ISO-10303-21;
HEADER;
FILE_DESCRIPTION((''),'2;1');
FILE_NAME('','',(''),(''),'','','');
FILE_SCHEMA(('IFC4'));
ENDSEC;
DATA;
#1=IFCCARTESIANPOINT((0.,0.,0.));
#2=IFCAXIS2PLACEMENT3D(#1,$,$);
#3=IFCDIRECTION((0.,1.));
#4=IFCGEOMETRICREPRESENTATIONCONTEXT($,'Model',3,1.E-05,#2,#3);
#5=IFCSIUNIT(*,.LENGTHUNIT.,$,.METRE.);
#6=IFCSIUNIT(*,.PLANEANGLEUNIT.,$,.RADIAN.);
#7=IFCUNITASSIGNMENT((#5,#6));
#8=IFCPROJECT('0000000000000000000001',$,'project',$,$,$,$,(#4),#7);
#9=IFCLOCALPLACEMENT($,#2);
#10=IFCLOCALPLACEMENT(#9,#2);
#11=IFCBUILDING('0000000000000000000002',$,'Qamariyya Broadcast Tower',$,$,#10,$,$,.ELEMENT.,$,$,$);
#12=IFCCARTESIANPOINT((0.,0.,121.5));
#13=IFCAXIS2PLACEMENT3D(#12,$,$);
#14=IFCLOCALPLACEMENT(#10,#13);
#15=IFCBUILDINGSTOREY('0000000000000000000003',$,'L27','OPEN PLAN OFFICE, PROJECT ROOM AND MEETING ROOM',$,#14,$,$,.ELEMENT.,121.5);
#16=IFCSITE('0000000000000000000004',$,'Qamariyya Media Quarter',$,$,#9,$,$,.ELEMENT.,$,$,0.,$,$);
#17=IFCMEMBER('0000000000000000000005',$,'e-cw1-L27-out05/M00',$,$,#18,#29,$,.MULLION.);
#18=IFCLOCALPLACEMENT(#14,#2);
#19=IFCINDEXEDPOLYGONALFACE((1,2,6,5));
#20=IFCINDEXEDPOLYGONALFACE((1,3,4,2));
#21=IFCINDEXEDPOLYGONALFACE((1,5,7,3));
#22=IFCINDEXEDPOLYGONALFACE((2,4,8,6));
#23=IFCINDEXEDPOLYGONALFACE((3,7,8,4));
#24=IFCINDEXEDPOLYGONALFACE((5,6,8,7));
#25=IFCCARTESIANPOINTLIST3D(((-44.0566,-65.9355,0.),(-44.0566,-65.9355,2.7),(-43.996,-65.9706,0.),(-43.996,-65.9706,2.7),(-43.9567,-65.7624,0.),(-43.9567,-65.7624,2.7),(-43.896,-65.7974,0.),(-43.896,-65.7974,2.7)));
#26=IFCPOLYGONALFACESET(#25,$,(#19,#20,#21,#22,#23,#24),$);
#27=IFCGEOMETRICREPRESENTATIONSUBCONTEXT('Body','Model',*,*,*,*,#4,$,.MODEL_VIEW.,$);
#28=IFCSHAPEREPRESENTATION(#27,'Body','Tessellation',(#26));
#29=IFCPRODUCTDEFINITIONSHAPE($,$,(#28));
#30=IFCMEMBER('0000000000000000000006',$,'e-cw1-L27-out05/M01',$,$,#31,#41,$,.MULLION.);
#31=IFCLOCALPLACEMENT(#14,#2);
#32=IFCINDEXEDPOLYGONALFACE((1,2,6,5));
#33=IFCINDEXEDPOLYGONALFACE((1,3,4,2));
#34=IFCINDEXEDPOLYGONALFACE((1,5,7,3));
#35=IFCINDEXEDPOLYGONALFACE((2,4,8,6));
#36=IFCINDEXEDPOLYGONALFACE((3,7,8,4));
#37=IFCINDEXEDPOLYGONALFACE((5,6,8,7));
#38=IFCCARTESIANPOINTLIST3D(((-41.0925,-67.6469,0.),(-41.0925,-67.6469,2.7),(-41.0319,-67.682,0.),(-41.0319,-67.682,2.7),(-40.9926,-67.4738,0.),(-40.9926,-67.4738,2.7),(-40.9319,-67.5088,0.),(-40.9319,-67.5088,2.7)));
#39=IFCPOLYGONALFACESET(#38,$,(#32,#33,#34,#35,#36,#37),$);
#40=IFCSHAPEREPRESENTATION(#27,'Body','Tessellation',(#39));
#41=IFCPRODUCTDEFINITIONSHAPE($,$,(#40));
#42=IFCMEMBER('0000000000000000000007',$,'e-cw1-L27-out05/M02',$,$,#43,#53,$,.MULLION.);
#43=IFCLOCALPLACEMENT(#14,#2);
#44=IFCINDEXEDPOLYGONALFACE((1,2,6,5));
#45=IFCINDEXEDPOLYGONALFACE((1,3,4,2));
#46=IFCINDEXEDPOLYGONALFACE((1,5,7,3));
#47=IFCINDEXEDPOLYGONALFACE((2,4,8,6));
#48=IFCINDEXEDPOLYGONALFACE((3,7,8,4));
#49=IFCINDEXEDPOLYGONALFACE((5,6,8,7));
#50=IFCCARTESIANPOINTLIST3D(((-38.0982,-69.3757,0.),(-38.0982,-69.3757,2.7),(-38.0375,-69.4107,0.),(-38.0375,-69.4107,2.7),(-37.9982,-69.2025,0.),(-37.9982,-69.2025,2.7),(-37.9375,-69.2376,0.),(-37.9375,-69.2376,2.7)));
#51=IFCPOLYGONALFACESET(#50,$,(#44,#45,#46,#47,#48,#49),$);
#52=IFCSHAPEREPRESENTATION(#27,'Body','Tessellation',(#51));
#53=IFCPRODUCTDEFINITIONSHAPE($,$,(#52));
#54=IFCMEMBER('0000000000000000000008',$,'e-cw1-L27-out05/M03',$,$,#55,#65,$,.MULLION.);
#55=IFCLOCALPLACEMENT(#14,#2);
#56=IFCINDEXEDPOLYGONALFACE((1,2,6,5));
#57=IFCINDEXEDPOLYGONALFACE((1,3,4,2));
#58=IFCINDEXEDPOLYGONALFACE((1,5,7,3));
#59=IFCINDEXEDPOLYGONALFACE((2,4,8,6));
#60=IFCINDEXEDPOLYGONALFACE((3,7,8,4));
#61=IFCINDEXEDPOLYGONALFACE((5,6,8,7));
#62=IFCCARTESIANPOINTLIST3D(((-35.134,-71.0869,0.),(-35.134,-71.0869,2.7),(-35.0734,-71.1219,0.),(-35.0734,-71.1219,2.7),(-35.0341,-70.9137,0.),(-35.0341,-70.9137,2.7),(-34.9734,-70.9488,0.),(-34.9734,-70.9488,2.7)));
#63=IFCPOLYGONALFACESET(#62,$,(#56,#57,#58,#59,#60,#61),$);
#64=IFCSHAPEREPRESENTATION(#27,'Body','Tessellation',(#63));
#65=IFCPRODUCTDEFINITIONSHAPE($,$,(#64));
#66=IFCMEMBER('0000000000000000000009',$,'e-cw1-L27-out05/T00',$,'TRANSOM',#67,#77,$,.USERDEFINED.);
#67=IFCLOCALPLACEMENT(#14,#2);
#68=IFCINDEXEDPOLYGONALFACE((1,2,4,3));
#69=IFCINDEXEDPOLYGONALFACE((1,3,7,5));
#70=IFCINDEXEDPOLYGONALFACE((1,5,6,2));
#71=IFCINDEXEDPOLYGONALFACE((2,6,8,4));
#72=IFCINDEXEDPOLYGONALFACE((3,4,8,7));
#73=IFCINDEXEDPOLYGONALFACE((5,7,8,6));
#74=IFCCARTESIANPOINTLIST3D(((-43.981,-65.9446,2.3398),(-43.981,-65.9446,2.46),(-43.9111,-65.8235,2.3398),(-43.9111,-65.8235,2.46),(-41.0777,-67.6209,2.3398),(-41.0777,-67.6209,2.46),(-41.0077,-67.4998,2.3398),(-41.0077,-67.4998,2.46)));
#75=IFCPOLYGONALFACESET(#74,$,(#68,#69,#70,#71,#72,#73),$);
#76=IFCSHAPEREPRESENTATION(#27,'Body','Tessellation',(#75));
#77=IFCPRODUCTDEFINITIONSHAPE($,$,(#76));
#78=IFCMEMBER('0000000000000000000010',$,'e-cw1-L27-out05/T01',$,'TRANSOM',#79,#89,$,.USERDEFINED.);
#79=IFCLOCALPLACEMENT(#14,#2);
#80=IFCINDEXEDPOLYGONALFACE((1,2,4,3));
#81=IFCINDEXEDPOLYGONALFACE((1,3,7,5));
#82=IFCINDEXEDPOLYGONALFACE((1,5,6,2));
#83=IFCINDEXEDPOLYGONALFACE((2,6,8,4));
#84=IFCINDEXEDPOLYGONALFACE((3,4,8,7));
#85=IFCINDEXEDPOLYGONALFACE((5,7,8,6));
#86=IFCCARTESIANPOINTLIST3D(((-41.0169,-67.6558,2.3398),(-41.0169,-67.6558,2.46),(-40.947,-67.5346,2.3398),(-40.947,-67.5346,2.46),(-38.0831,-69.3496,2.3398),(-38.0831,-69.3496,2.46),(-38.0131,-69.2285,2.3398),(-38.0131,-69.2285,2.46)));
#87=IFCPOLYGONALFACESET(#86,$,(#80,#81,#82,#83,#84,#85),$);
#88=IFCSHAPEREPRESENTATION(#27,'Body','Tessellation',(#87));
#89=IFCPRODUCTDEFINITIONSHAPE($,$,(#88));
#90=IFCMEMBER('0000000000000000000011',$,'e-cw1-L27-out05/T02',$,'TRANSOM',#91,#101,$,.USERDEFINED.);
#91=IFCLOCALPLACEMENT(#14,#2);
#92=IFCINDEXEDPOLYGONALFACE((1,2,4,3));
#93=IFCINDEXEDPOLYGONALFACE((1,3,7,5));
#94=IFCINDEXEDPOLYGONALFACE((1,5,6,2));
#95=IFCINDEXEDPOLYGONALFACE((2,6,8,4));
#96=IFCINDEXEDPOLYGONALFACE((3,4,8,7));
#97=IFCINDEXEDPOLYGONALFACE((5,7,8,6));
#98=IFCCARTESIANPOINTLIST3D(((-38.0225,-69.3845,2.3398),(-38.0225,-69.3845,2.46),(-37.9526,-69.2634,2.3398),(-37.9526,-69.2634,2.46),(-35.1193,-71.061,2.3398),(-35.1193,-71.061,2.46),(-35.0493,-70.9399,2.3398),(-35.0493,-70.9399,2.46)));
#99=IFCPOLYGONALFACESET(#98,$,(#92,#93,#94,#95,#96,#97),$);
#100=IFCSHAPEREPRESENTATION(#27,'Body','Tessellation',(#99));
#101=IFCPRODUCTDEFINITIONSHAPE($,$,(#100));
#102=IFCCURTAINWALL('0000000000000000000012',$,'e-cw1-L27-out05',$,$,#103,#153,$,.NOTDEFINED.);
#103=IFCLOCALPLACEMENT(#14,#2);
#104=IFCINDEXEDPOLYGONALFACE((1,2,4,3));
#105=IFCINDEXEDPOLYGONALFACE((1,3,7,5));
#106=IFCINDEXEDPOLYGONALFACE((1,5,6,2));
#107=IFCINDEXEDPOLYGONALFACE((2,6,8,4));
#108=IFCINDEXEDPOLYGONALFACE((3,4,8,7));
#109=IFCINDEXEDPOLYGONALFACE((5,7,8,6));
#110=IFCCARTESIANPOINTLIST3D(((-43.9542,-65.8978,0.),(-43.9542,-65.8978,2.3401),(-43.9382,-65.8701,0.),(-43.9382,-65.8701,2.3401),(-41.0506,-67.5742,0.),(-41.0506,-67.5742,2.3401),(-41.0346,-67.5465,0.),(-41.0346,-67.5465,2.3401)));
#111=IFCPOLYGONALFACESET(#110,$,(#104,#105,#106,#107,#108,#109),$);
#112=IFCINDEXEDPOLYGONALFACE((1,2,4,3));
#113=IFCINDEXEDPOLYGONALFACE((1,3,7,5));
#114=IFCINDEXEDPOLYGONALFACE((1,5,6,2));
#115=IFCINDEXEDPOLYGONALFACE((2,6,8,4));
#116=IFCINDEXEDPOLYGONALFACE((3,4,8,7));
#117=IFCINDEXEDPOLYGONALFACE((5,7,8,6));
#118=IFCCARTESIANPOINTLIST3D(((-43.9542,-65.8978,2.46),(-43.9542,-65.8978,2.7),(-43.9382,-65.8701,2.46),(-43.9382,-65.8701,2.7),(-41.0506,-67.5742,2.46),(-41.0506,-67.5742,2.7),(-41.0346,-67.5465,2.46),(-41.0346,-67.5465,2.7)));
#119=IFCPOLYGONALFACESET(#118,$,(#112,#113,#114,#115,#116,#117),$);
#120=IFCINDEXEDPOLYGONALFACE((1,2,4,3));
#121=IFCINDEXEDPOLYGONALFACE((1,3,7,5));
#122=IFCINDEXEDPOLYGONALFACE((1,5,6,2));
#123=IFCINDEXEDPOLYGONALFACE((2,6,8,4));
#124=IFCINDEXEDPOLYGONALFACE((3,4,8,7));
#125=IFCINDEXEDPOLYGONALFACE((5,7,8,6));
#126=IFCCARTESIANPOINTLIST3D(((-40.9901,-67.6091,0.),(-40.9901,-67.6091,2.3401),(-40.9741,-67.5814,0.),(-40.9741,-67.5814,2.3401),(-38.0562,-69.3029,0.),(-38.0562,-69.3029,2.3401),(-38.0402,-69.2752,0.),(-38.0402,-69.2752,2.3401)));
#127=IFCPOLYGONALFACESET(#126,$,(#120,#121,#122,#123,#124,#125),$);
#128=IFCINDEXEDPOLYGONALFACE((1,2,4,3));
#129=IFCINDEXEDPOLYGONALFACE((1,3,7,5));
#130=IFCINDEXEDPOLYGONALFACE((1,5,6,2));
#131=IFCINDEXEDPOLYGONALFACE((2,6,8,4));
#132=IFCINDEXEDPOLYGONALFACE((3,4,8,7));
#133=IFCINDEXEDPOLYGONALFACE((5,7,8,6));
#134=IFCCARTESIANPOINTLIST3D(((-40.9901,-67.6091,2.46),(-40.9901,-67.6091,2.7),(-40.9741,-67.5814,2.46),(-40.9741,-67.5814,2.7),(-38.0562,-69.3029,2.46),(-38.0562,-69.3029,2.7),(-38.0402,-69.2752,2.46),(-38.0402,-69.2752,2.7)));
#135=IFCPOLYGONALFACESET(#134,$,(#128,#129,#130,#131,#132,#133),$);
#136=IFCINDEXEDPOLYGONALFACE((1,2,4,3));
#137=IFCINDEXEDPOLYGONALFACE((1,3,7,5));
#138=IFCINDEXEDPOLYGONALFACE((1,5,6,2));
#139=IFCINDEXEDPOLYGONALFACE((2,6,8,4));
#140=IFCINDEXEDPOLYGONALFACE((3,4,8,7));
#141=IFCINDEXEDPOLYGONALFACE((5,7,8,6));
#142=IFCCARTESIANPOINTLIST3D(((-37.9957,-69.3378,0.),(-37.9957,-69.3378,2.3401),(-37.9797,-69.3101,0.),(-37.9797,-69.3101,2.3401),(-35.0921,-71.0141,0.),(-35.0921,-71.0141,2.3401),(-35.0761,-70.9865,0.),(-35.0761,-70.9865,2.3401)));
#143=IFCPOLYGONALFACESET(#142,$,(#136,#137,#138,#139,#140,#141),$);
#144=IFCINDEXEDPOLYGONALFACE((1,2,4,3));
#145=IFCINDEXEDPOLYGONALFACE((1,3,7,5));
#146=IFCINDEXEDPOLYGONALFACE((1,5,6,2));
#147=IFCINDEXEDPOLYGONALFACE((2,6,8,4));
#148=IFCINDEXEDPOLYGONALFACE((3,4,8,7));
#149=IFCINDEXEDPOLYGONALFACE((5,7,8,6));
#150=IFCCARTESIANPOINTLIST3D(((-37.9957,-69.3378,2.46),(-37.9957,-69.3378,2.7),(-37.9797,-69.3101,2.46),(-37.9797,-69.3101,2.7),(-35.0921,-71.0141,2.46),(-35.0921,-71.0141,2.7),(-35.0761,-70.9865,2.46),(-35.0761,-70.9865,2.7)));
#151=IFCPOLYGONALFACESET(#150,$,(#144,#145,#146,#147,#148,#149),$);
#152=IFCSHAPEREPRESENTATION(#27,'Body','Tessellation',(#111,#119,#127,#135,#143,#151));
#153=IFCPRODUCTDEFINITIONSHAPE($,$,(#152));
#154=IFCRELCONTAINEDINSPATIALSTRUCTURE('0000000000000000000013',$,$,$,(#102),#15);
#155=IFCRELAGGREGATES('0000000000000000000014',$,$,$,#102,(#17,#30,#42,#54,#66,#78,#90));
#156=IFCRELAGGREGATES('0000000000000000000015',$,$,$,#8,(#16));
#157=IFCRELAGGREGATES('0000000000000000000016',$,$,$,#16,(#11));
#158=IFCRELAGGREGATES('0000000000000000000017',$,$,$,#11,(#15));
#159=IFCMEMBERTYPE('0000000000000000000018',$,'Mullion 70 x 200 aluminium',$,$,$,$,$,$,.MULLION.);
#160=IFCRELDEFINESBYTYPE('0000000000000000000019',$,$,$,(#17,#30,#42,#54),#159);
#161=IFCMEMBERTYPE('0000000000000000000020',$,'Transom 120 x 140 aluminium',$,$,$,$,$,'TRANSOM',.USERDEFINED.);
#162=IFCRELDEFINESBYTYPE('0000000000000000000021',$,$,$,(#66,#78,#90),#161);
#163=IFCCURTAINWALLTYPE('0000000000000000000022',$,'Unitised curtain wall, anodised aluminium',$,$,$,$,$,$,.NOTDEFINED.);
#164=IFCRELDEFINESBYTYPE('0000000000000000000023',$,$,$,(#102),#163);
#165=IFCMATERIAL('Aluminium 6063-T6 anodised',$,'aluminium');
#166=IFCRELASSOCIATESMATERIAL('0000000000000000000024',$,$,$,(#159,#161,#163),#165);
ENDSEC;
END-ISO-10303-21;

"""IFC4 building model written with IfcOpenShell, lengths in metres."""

from ifc_helpers import new_model, si_unit, direction, frame, origin, origin_2d, place, context, subcontext, project, spatial, rectangle, extrude, material, material_profile, profile_set, type_object, element, aggregate, save


model = new_model("IFC4")

# Units and contexts
model_context = context("Model", 3, precision=1e-05, world=origin(), true_north=direction((0.0, 1.0)))
body_context = subcontext(model_context, "Body", "Model", "MODEL_VIEW")
ifc_project = project(units=[si_unit("LENGTHUNIT", "METRE"), si_unit("PLANEANGLEUNIT", "RADIAN")], contexts=[model_context])

# Members
ifc_material = material(Name="Aluminium 6063-T6 anodised", Category="aluminium")
ifc_material_profile_1 = material_profile(ifc_material, rectangle(XDim=0.2, YDim=0.0701, at=origin_2d()))
ifc_profile_set_1 = profile_set([ifc_material_profile_1], Name="Aluminium 6063-T6 anodised")
member_type_1 = type_object("IfcMemberType", Name="Mullion 70 x 200 aluminium", PredefinedType="MULLION", material=ifc_profile_set_1)
site_placement = place(None, origin())
building_placement = place(site_placement, origin())
storey_placement = place(building_placement, frame((0.0, 0.0, 121.5)))
member_1_placement = place(storey_placement, frame((-43.9763, -65.8665, 0.0), z_axis=(0.0, 0.0, 1.0), x_axis=(0.5, 0.866025, 0.0)))
member_1 = element("IfcMember", 1, at=member_1_placement, type_object=member_type_1, Name="e-cw1-L27-out05/M00", PredefinedType="MULLION", context=body_context, shape_type="SweptSolid", body=[
    extrude(rectangle(XDim=0.2, YDim=0.0701, at=origin_2d()), origin(), (0.0, 0.0, 1.0), 2.7),
])
member_2_placement = place(storey_placement, frame((-41.0122, -67.5779, 0.0), z_axis=(0.0, 0.0, 1.0), x_axis=(0.5, 0.866025, 0.0)))
member_2 = element("IfcMember", 2, at=member_2_placement, type_object=member_type_1, Name="e-cw1-L27-out05/M01", PredefinedType="MULLION", context=body_context, shape_type="SweptSolid", body=[
    extrude(rectangle(XDim=0.2, YDim=0.0701, at=origin_2d()), origin(), (0.0, 0.0, 1.0), 2.7),
])
member_3_placement = place(storey_placement, frame((-38.0178, -69.3066, 0.0), z_axis=(0.0, 0.0, 1.0), x_axis=(0.5, 0.866025, 0.0)))
member_3 = element("IfcMember", 3, at=member_3_placement, type_object=member_type_1, Name="e-cw1-L27-out05/M02", PredefinedType="MULLION", context=body_context, shape_type="SweptSolid", body=[
    extrude(rectangle(XDim=0.2, YDim=0.0701, at=origin_2d()), origin(), (0.0, 0.0, 1.0), 2.7),
])
member_4_placement = place(storey_placement, frame((-35.0537, -71.0178, 0.0), z_axis=(0.0, 0.0, 1.0), x_axis=(0.5, 0.866025, 0.0)))
member_4 = element("IfcMember", 4, at=member_4_placement, type_object=member_type_1, Name="e-cw1-L27-out05/M03", PredefinedType="MULLION", context=body_context, shape_type="SweptSolid", body=[
    extrude(rectangle(XDim=0.2, YDim=0.0701, at=origin_2d()), origin(), (0.0, 0.0, 1.0), 2.7),
])
ifc_material_profile_2 = material_profile(ifc_material, rectangle(XDim=0.1399, YDim=0.1201, at=origin_2d()))
ifc_profile_set_2 = profile_set([ifc_material_profile_2], Name="Aluminium 6063-T6 anodised")
member_type_2 = type_object("IfcMemberType", Name="Transom 120 x 140 aluminium", ElementType="TRANSOM", PredefinedType="USERDEFINED", material=ifc_profile_set_2)
member_5_placement = place(storey_placement, frame((-43.946, -65.884, 2.3999), z_axis=(0.866021, -0.500008, 0.0), x_axis=(0.500008, 0.866021, 0.0)))
member_5 = element("IfcMember", 5, at=member_5_placement, type_object=member_type_2, Name="e-cw1-L27-out05/T00", ObjectType="TRANSOM", PredefinedType="USERDEFINED", context=body_context, shape_type="SweptSolid", body=[
    extrude(rectangle(XDim=0.1399, YDim=0.1201, at=origin_2d()), origin(), (0.0, 0.0, 1.0), 3.3525),
])
member_6_placement = place(storey_placement, frame((-40.9819, -67.5952, 2.3999), z_axis=(0.866026, -0.499999, 0.0), x_axis=(0.499999, 0.866026, 0.0)))
member_6 = element("IfcMember", 6, at=member_6_placement, type_object=member_type_2, Name="e-cw1-L27-out05/T01", ObjectType="TRANSOM", PredefinedType="USERDEFINED", context=body_context, shape_type="SweptSolid", body=[
    extrude(rectangle(XDim=0.1399, YDim=0.1201, at=origin_2d()), origin(), (0.0, 0.0, 1.0), 3.3877),
])
member_7_placement = place(storey_placement, frame((-37.9875, -69.324, 2.3999), z_axis=(0.865989, -0.500063, 0.0), x_axis=(0.500063, 0.865989, 0.0)))
member_7 = element("IfcMember", 7, at=member_7_placement, type_object=member_type_2, Name="e-cw1-L27-out05/T02", ObjectType="TRANSOM", PredefinedType="USERDEFINED", context=body_context, shape_type="SweptSolid", body=[
    extrude(rectangle(XDim=0.1399, YDim=0.1201, at=origin_2d()), origin(), (0.0, 0.0, 1.0), 3.3525),
])

# Site, building, storey
site = spatial("IfcSite", under=ifc_project, at=site_placement, Name="Qamariyya Media Quarter", CompositionType="ELEMENT", RefElevation=0.0)
building = spatial("IfcBuilding", under=site, at=building_placement, Name="Qamariyya Broadcast Tower", CompositionType="ELEMENT")
storey = spatial("IfcBuildingStorey", under=building, at=storey_placement, Name="L27", Description="OPEN PLAN OFFICE, PROJECT ROOM AND MEETING ROOM", CompositionType="ELEMENT", Elevation=121.5)

# Curtain wall
curtain_wall_type = type_object("IfcCurtainWallType", Name="Unitised curtain wall, anodised aluminium", PredefinedType="NOTDEFINED", material=ifc_material)
curtain_wall_1_placement = place(storey_placement, origin())
curtain_wall_1 = element("IfcCurtainWall", 8, at=curtain_wall_1_placement, inside=storey, type_object=curtain_wall_type, Name="e-cw1-L27-out05", PredefinedType="NOTDEFINED", context=body_context, shape_type="SweptSolid", body=[
    extrude(rectangle(XDim=3.3528, YDim=0.032, at=origin_2d()), frame((-42.4944, -66.7222, 0.0), x_axis=(0.866027, -0.499997, 0.0)), (0.0, 0.0, 1.0), 2.3401),
    extrude(rectangle(XDim=3.3528, YDim=0.032, at=origin_2d()), frame((-42.4944, -66.7222, 2.46), x_axis=(0.866027, -0.499997, 0.0)), (0.0, 0.0, 1.0), 0.24),
    extrude(rectangle(XDim=3.3877, YDim=0.032, at=origin_2d()), frame((-39.5151, -68.4421, 0.0), x_axis=(0.866027, -0.499997, 0.0)), (0.0, 0.0, 1.0), 2.3401),
    extrude(rectangle(XDim=3.3877, YDim=0.032, at=origin_2d()), frame((-39.5151, -68.4421, 2.46), x_axis=(0.866027, -0.499997, 0.0)), (0.0, 0.0, 1.0), 0.24),
    extrude(rectangle(XDim=3.3528, YDim=0.032, at=origin_2d()), frame((-36.5359, -70.1621, 0.0), x_axis=(0.866027, -0.499997, 0.0)), (0.0, 0.0, 1.0), 2.3401),
    extrude(rectangle(XDim=3.3528, YDim=0.032, at=origin_2d()), frame((-36.5359, -70.1621, 2.46), x_axis=(0.866027, -0.499997, 0.0)), (0.0, 0.0, 1.0), 0.24),
])
aggregate(curtain_wall_1, [member_1, member_2, member_3, member_4, member_5, member_6, member_7])

save(model, "model.ifc")
